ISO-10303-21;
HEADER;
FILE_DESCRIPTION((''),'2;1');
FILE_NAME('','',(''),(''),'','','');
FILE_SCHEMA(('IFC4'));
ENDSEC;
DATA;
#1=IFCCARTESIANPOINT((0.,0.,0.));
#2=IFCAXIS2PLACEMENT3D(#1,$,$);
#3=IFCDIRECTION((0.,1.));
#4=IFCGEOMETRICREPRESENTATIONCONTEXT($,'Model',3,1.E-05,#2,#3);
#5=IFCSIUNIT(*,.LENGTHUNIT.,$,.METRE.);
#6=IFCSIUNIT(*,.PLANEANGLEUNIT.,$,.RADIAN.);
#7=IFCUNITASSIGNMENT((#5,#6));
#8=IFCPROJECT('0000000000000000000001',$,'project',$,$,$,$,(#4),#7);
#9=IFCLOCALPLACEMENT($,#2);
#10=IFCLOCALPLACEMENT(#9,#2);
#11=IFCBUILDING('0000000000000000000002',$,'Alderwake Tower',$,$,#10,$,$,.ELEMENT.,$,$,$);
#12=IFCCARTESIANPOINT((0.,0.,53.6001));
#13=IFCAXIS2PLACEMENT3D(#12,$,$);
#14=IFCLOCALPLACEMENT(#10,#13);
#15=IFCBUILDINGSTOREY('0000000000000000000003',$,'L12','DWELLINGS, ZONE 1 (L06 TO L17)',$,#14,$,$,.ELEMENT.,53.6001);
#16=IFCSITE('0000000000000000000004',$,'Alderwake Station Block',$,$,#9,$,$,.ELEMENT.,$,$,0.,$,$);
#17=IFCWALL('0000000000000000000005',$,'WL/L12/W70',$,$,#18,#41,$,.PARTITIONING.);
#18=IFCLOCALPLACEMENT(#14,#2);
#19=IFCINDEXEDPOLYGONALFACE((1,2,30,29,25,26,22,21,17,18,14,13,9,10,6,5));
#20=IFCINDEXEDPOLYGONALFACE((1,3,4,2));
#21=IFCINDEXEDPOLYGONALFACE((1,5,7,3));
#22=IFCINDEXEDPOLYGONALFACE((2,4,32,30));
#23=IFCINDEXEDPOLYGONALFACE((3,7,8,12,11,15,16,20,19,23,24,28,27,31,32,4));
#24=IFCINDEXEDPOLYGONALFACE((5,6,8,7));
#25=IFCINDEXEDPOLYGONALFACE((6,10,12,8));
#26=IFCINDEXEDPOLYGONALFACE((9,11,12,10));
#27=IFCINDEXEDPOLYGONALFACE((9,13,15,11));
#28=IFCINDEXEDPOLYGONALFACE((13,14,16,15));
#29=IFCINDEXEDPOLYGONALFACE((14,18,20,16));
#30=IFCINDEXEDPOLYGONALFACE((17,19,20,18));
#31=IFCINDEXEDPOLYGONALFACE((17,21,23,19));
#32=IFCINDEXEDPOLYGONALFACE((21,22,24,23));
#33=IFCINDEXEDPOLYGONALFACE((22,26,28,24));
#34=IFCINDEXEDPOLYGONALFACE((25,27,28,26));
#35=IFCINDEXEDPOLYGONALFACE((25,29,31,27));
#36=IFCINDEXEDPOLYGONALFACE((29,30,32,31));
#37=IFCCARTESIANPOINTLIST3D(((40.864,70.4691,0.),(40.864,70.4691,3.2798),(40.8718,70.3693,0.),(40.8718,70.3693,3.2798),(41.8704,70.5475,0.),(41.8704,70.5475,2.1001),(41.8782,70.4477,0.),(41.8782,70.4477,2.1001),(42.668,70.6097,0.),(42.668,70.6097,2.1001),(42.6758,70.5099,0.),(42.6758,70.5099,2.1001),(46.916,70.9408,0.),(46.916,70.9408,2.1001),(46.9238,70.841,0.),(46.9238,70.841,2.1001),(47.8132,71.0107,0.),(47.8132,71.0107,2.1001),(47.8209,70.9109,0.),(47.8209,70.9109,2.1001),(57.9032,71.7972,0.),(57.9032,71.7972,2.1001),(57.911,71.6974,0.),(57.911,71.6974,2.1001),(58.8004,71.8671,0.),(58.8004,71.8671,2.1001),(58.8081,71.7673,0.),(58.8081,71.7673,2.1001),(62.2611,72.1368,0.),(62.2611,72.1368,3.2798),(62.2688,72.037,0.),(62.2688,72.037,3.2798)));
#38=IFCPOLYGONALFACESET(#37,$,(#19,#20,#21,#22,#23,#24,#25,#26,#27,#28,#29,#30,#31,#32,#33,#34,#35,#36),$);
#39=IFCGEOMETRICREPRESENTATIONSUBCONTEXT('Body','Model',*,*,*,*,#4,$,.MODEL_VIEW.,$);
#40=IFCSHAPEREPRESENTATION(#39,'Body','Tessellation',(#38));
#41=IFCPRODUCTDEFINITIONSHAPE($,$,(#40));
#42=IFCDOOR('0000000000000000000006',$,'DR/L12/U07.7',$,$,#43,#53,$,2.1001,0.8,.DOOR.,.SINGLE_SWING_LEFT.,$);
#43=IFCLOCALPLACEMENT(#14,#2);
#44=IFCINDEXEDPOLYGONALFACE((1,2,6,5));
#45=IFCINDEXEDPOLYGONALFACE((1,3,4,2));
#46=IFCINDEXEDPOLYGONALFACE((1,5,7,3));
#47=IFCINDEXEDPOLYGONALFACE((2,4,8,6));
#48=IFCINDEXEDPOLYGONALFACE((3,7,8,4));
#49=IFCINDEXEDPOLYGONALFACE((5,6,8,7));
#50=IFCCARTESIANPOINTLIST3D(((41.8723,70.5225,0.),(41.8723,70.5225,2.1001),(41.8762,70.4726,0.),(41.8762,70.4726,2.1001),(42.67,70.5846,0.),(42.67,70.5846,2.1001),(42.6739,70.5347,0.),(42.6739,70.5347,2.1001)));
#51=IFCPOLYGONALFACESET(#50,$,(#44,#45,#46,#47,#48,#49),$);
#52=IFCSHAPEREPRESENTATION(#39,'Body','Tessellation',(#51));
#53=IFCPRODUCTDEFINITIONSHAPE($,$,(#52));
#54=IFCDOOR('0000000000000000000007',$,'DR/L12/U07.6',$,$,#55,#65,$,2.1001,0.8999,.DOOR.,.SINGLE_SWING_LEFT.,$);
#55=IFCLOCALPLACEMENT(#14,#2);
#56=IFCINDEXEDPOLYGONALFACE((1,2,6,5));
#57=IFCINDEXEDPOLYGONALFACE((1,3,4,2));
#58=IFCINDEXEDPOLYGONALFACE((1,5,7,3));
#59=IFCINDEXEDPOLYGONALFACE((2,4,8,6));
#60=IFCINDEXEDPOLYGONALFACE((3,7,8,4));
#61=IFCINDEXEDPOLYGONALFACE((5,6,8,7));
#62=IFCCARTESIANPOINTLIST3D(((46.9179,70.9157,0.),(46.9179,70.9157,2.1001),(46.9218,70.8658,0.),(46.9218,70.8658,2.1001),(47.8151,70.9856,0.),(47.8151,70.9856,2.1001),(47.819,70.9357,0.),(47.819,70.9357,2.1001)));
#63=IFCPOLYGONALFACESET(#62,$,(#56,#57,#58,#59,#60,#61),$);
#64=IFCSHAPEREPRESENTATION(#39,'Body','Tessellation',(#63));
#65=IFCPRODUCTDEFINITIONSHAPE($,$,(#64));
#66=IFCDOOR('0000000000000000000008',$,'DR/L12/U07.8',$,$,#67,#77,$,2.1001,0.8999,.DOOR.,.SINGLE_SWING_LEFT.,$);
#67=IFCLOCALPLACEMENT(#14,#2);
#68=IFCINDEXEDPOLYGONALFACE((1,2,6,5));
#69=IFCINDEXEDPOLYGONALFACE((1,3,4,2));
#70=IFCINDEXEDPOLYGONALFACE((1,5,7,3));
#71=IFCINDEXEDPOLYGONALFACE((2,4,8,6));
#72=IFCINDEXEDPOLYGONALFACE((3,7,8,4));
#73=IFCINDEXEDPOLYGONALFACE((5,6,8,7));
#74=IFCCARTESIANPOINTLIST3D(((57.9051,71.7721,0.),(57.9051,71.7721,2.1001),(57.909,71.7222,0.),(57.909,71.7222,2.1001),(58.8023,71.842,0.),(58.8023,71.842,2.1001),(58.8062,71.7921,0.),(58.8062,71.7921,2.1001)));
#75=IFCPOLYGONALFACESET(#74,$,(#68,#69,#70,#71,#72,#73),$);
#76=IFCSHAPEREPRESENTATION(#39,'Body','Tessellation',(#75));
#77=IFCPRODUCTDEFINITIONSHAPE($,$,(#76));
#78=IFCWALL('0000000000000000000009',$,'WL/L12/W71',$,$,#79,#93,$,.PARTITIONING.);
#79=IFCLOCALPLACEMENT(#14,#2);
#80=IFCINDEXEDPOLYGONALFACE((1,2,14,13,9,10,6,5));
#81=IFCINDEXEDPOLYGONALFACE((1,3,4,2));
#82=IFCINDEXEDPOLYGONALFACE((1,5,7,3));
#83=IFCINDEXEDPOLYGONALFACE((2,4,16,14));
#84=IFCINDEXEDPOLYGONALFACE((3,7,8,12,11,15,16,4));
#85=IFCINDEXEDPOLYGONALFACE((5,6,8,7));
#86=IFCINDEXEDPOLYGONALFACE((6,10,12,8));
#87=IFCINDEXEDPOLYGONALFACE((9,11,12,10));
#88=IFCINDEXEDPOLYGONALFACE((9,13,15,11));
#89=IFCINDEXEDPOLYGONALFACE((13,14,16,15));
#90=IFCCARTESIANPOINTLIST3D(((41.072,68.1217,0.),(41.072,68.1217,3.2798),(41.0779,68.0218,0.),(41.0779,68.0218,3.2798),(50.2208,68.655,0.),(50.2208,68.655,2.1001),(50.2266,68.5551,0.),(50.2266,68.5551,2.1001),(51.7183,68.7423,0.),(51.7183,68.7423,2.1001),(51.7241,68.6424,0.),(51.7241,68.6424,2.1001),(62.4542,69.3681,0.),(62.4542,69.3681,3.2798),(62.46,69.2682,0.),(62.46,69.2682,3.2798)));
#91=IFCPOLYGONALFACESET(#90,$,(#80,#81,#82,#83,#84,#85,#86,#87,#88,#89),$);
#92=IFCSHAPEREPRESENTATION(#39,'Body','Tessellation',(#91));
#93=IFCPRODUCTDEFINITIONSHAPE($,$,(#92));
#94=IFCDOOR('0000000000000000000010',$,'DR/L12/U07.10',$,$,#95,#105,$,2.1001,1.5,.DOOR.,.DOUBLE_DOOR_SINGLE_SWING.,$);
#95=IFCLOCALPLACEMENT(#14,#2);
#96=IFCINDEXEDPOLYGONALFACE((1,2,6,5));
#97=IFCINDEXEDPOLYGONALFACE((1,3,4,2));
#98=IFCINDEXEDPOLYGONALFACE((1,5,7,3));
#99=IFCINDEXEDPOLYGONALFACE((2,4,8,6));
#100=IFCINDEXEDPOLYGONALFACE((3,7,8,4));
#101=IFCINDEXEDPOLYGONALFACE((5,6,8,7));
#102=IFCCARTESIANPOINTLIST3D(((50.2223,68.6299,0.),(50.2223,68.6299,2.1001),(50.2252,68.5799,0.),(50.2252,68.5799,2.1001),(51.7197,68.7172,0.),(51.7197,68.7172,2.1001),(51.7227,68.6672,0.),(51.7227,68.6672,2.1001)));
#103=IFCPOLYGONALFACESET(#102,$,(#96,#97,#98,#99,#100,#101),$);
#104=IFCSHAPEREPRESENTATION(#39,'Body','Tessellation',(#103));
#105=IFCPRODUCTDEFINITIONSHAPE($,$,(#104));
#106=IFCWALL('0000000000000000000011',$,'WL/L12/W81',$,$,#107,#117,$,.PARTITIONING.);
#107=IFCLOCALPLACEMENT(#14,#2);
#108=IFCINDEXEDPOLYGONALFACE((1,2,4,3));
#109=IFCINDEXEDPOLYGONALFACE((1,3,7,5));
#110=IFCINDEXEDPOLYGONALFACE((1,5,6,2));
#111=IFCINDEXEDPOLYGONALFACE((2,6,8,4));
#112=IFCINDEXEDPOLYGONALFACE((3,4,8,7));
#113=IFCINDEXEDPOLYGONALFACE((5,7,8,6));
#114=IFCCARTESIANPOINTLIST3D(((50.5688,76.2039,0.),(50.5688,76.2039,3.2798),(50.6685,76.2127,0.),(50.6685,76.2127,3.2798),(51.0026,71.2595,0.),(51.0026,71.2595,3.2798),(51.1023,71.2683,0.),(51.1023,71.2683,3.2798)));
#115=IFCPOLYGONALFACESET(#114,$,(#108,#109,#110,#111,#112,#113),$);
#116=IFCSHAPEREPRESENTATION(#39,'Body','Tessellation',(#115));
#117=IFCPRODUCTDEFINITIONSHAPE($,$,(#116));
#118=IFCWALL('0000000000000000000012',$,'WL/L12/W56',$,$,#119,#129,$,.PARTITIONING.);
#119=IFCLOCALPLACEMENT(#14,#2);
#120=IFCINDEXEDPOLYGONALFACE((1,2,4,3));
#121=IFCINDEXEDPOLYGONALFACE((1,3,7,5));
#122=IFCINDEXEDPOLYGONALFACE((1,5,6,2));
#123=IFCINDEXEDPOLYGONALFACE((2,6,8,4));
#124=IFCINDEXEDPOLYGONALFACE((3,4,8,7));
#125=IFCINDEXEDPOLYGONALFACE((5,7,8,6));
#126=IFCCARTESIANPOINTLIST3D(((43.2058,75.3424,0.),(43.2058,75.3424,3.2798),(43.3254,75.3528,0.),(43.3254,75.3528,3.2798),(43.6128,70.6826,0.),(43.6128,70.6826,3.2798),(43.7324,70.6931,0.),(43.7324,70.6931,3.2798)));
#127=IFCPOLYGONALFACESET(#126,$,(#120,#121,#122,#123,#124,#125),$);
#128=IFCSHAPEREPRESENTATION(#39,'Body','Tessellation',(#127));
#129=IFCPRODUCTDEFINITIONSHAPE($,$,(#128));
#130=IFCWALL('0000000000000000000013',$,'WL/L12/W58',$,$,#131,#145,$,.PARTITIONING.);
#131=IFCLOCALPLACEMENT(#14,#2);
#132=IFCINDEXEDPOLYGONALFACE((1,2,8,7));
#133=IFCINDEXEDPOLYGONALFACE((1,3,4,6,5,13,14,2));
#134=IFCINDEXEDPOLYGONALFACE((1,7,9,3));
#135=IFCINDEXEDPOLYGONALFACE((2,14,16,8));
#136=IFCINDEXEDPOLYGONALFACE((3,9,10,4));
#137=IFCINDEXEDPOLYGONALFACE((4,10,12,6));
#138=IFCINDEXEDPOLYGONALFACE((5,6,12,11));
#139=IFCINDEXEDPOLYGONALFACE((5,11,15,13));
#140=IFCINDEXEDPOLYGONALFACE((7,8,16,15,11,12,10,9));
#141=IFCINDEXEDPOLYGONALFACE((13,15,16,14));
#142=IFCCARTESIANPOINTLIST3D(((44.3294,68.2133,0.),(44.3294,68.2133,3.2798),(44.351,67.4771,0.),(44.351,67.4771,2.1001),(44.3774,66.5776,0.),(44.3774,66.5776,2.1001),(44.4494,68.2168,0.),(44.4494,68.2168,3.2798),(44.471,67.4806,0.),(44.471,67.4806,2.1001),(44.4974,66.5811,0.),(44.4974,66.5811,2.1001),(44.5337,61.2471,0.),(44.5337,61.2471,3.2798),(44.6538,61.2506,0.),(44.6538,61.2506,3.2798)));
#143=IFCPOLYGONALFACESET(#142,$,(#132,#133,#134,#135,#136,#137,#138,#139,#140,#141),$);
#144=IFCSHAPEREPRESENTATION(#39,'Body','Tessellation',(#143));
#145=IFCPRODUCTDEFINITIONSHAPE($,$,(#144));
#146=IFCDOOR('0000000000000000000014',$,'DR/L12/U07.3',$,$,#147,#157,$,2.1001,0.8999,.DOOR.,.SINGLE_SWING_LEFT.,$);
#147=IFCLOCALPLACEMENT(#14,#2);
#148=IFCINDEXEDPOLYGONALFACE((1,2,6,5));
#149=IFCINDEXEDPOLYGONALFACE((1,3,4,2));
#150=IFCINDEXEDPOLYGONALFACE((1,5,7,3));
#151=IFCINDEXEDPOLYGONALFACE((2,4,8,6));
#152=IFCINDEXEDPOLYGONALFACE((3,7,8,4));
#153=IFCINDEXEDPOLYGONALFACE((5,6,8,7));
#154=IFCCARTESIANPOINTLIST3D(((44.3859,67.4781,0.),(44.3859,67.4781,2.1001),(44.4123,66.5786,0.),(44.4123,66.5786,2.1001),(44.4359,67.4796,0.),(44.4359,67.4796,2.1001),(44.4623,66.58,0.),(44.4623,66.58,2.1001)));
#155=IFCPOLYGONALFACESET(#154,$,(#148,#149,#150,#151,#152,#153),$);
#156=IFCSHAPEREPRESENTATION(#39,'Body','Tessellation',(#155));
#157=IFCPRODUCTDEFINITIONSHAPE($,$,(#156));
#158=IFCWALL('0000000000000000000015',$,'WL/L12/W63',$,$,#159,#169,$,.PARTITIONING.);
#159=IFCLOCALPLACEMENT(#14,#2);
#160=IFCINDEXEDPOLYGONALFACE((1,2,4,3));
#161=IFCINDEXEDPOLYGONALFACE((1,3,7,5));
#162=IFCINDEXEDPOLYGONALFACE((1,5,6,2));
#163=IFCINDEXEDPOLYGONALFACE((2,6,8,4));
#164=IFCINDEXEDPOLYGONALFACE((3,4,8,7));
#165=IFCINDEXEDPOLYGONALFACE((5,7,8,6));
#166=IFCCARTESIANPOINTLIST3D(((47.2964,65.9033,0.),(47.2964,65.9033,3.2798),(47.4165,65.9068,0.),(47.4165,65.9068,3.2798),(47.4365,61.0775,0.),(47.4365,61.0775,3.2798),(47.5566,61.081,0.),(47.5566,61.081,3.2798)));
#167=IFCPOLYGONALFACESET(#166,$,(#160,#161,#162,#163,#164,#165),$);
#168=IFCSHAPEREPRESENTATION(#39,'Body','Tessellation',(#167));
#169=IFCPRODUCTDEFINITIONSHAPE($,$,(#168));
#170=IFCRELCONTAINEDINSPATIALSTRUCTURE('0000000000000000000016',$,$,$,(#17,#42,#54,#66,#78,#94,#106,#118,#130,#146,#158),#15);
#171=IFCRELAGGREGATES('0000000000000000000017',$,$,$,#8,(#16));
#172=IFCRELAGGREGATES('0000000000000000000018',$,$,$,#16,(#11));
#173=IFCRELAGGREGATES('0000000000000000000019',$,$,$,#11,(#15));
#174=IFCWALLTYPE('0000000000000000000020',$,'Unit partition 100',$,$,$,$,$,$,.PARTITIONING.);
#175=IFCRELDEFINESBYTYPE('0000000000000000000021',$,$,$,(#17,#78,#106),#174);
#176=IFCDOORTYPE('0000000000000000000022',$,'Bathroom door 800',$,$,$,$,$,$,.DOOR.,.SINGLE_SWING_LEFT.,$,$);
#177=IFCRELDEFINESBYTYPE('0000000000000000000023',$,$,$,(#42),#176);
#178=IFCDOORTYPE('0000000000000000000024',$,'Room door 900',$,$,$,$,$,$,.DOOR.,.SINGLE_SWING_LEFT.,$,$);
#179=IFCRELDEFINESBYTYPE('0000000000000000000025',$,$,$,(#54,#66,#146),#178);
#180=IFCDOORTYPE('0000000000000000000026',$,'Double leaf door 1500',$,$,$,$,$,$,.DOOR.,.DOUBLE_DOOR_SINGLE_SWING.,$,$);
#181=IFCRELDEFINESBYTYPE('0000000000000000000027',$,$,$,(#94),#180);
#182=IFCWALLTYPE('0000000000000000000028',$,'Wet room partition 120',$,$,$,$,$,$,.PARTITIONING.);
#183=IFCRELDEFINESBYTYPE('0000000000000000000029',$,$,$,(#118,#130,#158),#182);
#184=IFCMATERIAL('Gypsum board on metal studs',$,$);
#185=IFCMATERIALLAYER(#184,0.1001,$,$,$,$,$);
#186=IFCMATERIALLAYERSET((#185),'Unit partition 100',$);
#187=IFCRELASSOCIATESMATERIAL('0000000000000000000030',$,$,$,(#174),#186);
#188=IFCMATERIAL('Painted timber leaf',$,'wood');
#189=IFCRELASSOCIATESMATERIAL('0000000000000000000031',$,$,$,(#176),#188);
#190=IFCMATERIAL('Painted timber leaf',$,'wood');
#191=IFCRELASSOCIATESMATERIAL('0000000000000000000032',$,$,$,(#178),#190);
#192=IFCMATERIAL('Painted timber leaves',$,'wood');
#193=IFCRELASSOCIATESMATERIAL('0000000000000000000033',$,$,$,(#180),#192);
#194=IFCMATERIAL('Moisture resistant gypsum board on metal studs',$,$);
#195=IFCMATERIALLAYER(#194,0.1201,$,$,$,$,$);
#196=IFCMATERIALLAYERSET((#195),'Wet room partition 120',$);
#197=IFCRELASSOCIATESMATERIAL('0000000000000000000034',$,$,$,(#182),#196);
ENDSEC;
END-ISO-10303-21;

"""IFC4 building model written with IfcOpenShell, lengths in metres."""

from ifc_helpers import new_model, si_unit, direction, frame, frame_2d, origin, place, context, subcontext, project, spatial, rectangle, extrude, material, layer, layer_set, type_object, element, fill, save


model = new_model("IFC4")

# Units and contexts
model_context = context("Model", 3, precision=1e-05, world=origin(), true_north=direction((0.0, 1.0)))
body_context = subcontext(model_context, "Body", "Model", "MODEL_VIEW")
ifc_project = project(units=[si_unit("LENGTHUNIT", "METRE"), si_unit("PLANEANGLEUNIT", "RADIAN")], contexts=[model_context])

# Site, building, storey
site_placement = place(None, origin())
site = spatial("IfcSite", under=ifc_project, at=site_placement, Name="Alderwake Station Block", CompositionType="ELEMENT", RefElevation=0.0)
building_placement = place(site_placement, origin())
building = spatial("IfcBuilding", under=site, at=building_placement, Name="Alderwake Tower", CompositionType="ELEMENT")
storey_placement = place(building_placement, frame((0.0, 0.0, 53.6001)))
storey = spatial("IfcBuildingStorey", under=building, at=storey_placement, Name="L12", Description="DWELLINGS, ZONE 1 (L06 TO L17)", CompositionType="ELEMENT", Elevation=53.6001)

# Wall, openings, doors
ifc_material_1 = material(Name="Gypsum board on metal studs")
ifc_layer_1 = layer(ifc_material_1, 0.1001)
ifc_layer_set_1 = layer_set([ifc_layer_1], Name="Unit partition 100")
wall_type_1 = type_object("IfcWallType", Name="Unit partition 100", PredefinedType="PARTITIONING", material=ifc_layer_set_1)
wall_1_placement = place(storey_placement, frame((40.8679, 70.4192, 0.0), z_axis=(0.0, 0.0, 1.0), x_axis=(0.996976, 0.077706, 0.0)))
wall_1 = element("IfcWall", 1, at=wall_1_placement, inside=storey, type_object=wall_type_1, Name="WL/L12/W70", PredefinedType="PARTITIONING", context=body_context, shape_type="SweptSolid", body=[
    extrude(rectangle(XDim=21.4619, YDim=0.1001, at=frame_2d((10.731, 0.0))), origin(), (0.0, 0.0, 1.0), 3.2798),
])
opening_1_placement = place(wall_1_placement, frame((6.0703, 0.0, 0.0)))
opening_1 = element("IfcOpeningElement", 2, at=opening_1_placement, cuts=wall_1, PredefinedType="OPENING", context=body_context, shape_type="SweptSolid", body=[
    extrude(rectangle(XDim=0.8999, YDim=2.1001, at=frame_2d((0.45, 1.05))), frame((0.0, 0.0601, 0.0), z_axis=(0.0, -1.0, 0.0), x_axis=(1.0, 0.0, 0.0)), (0.0, 0.0, 1.0), 0.1201),
])
opening_2_placement = place(wall_1_placement, frame((1.0095, 0.0, 0.0)))
opening_2 = element("IfcOpeningElement", 3, at=opening_2_placement, cuts=wall_1, PredefinedType="OPENING", context=body_context, shape_type="SweptSolid", body=[
    extrude(rectangle(XDim=0.8, YDim=2.1001, at=frame_2d((0.3999, 1.05))), frame((0.0, 0.0601, 0.0), z_axis=(0.0, -1.0, 0.0), x_axis=(1.0, 0.0, 0.0)), (0.0, 0.0, 1.0), 0.1201),
])
opening_3_placement = place(wall_1_placement, frame((17.0908, 0.0, 0.0)))
opening_3 = element("IfcOpeningElement", 4, at=opening_3_placement, cuts=wall_1, PredefinedType="OPENING", context=body_context, shape_type="SweptSolid", body=[
    extrude(rectangle(XDim=0.8999, YDim=2.1001, at=frame_2d((0.45, 1.05))), frame((0.0, 0.0601, 0.0), z_axis=(0.0, -1.0, 0.0), x_axis=(1.0, 0.0, 0.0)), (0.0, 0.0, 1.0), 0.1201),
])
ifc_material_2 = material(Name="Painted timber leaf", Category="wood")
door_type_1 = type_object("IfcDoorType", Name="Bathroom door 800", OperationType="SINGLE_SWING_LEFT", PredefinedType="DOOR", material=ifc_material_2)
door_1_placement = place(opening_2_placement, origin())
door_1 = element("IfcDoor", 5, at=door_1_placement, inside=storey, type_object=door_type_1, Name="DR/L12/U07.7", OperationType="SINGLE_SWING_LEFT", OverallHeight=2.1001, OverallWidth=0.8, PredefinedType="DOOR", context=body_context, shape_type="SweptSolid", body=[
    extrude(rectangle(XDim=0.8, YDim=2.1001, at=frame_2d((0.3999, 1.05))), frame((0.0, 0.0249, 0.0), z_axis=(0.0, -1.0, 0.0), x_axis=(1.0, 0.0, 0.0)), (0.0, 0.0, 1.0), 0.05),
])
fill(opening_2, door_1)
ifc_material_3 = material(Name="Painted timber leaf", Category="wood")
door_type_2 = type_object("IfcDoorType", Name="Room door 900", OperationType="SINGLE_SWING_LEFT", PredefinedType="DOOR", material=ifc_material_3)
door_2_placement = place(opening_1_placement, origin())
door_2 = element("IfcDoor", 6, at=door_2_placement, inside=storey, type_object=door_type_2, Name="DR/L12/U07.6", OperationType="SINGLE_SWING_LEFT", OverallHeight=2.1001, OverallWidth=0.8999, PredefinedType="DOOR", context=body_context, shape_type="SweptSolid", body=[
    extrude(rectangle(XDim=0.8999, YDim=2.1001, at=frame_2d((0.45, 1.05))), frame((0.0, 0.0249, 0.0), z_axis=(0.0, -1.0, 0.0), x_axis=(1.0, 0.0, 0.0)), (0.0, 0.0, 1.0), 0.05),
])
fill(opening_1, door_2)
door_3_placement = place(opening_3_placement, origin())
door_3 = element("IfcDoor", 7, at=door_3_placement, inside=storey, type_object=door_type_2, Name="DR/L12/U07.8", OperationType="SINGLE_SWING_LEFT", OverallHeight=2.1001, OverallWidth=0.8999, PredefinedType="DOOR", context=body_context, shape_type="SweptSolid", body=[
    extrude(rectangle(XDim=0.8999, YDim=2.1001, at=frame_2d((0.45, 1.05))), frame((0.0, 0.0249, 0.0), z_axis=(0.0, -1.0, 0.0), x_axis=(1.0, 0.0, 0.0)), (0.0, 0.0, 1.0), 0.05),
])
fill(opening_3, door_3)

# Wall, opening, door
wall_2_placement = place(storey_placement, frame((41.075, 68.0718, 0.0), z_axis=(0.0, 0.0, 1.0), x_axis=(0.998306, 0.05819, 0.0)))
wall_2 = element("IfcWall", 8, at=wall_2_placement, inside=storey, type_object=wall_type_1, Name="WL/L12/W71", PredefinedType="PARTITIONING", context=body_context, shape_type="SweptSolid", body=[
    extrude(rectangle(XDim=21.4185, YDim=0.1001, at=frame_2d((10.7092, 0.0))), origin(), (0.0, 0.0, 1.0), 3.2798),
])
opening_4_placement = place(wall_2_placement, frame((9.1643, 0.0, 0.0)))
opening_4 = element("IfcOpeningElement", 9, at=opening_4_placement, cuts=wall_2, PredefinedType="OPENING", context=body_context, shape_type="SweptSolid", body=[
    extrude(rectangle(XDim=1.5, YDim=2.1001, at=frame_2d((0.75, 1.05))), frame((0.0, 0.0601, 0.0), z_axis=(0.0, -1.0, 0.0), x_axis=(1.0, 0.0, 0.0)), (0.0, 0.0, 1.0), 0.1201),
])
ifc_material_4 = material(Name="Painted timber leaves", Category="wood")
door_type_3 = type_object("IfcDoorType", Name="Double leaf door 1500", OperationType="DOUBLE_DOOR_SINGLE_SWING", PredefinedType="DOOR", material=ifc_material_4)
door_4_placement = place(opening_4_placement, origin())
door_4 = element("IfcDoor", 10, at=door_4_placement, inside=storey, type_object=door_type_3, Name="DR/L12/U07.10", OperationType="DOUBLE_DOOR_SINGLE_SWING", OverallHeight=2.1001, OverallWidth=1.5, PredefinedType="DOOR", context=body_context, shape_type="SweptSolid", body=[
    extrude(rectangle(XDim=1.5, YDim=2.1001, at=frame_2d((0.75, 1.05))), frame((0.0, 0.0249, 0.0), z_axis=(0.0, -1.0, 0.0), x_axis=(1.0, 0.0, 0.0)), (0.0, 0.0, 1.0), 0.05),
])
fill(opening_4, door_4)

# Walls
wall_3_placement = place(storey_placement, frame((51.0525, 71.2639, 0.0), z_axis=(0.0, 0.0, 1.0), x_axis=(-0.087409, 0.996173, 0.0)))
element("IfcWall", 11, at=wall_3_placement, inside=storey, type_object=wall_type_1, Name="WL/L12/W81", PredefinedType="PARTITIONING", context=body_context, shape_type="SweptSolid", body=[
    extrude(rectangle(XDim=4.9634, YDim=0.1001, at=frame_2d((2.4817, 0.0))), origin(), (0.0, 0.0, 1.0), 3.2798),
])
ifc_material_5 = material(Name="Moisture resistant gypsum board on metal studs")
ifc_layer_2 = layer(ifc_material_5, 0.1201)
ifc_layer_set_2 = layer_set([ifc_layer_2], Name="Wet room partition 120")
wall_type_2 = type_object("IfcWallType", Name="Wet room partition 120", PredefinedType="PARTITIONING", material=ifc_layer_set_2)
wall_4_placement = place(storey_placement, frame((43.6726, 70.6877, 0.0), z_axis=(0.0, 0.0, 1.0), x_axis=(-0.08701, 0.996207, 0.0)))
element("IfcWall", 12, at=wall_4_placement, inside=storey, type_object=wall_type_2, Name="WL/L12/W56", PredefinedType="PARTITIONING", context=body_context, shape_type="SweptSolid", body=[
    extrude(rectangle(XDim=4.6775, YDim=0.1201, at=frame_2d((2.3389, 0.0))), origin(), (0.0, 0.0, 1.0), 3.2798),
])

# Wall, opening, door
wall_5_placement = place(storey_placement, frame((44.3894, 68.2151, 0.0), z_axis=(0.0, 0.0, 1.0), x_axis=(0.029321, -0.99957, 0.0)))
wall_5 = element("IfcWall", 13, at=wall_5_placement, inside=storey, type_object=wall_type_2, Name="WL/L12/W58", PredefinedType="PARTITIONING", context=body_context, shape_type="SweptSolid", body=[
    extrude(rectangle(XDim=6.9692, YDim=0.1201, at=frame_2d((3.4846, 0.0))), origin(), (0.0, 0.0, 1.0), 3.2798),
])
opening_5_placement = place(wall_5_placement, frame((0.7366, 0.0, 0.0)))
opening_5 = element("IfcOpeningElement", 14, at=opening_5_placement, cuts=wall_5, PredefinedType="OPENING", context=body_context, shape_type="SweptSolid", body=[
    extrude(rectangle(XDim=0.8999, YDim=2.1001, at=frame_2d((0.45, 1.05))), frame((0.0, 0.0701, 0.0), z_axis=(0.0, -1.0, 0.0), x_axis=(1.0, 0.0, 0.0)), (0.0, 0.0, 1.0), 0.1401),
])
door_5_placement = place(opening_5_placement, origin())
door_5 = element("IfcDoor", 15, at=door_5_placement, inside=storey, type_object=door_type_2, Name="DR/L12/U07.3", OperationType="SINGLE_SWING_LEFT", OverallHeight=2.1001, OverallWidth=0.8999, PredefinedType="DOOR", context=body_context, shape_type="SweptSolid", body=[
    extrude(rectangle(XDim=0.8999, YDim=2.1001, at=frame_2d((0.45, 1.05))), frame((0.0, 0.0249, 0.0), z_axis=(0.0, -1.0, 0.0), x_axis=(1.0, 0.0, 0.0)), (0.0, 0.0, 1.0), 0.05),
])
fill(opening_5, door_5)

# Wall
wall_6_placement = place(storey_placement, frame((47.4966, 61.0791, 0.0), z_axis=(0.0, 0.0, 1.0), x_axis=(-0.029026, 0.999579, 0.0)))
element("IfcWall", 16, at=wall_6_placement, inside=storey, type_object=wall_type_2, Name="WL/L12/W63", PredefinedType="PARTITIONING", context=body_context, shape_type="SweptSolid", body=[
    extrude(rectangle(XDim=4.8279, YDim=0.1201, at=frame_2d((2.4141, 0.0))), origin(), (0.0, 0.0, 1.0), 3.2798),
])

save(model, "model.ifc")
